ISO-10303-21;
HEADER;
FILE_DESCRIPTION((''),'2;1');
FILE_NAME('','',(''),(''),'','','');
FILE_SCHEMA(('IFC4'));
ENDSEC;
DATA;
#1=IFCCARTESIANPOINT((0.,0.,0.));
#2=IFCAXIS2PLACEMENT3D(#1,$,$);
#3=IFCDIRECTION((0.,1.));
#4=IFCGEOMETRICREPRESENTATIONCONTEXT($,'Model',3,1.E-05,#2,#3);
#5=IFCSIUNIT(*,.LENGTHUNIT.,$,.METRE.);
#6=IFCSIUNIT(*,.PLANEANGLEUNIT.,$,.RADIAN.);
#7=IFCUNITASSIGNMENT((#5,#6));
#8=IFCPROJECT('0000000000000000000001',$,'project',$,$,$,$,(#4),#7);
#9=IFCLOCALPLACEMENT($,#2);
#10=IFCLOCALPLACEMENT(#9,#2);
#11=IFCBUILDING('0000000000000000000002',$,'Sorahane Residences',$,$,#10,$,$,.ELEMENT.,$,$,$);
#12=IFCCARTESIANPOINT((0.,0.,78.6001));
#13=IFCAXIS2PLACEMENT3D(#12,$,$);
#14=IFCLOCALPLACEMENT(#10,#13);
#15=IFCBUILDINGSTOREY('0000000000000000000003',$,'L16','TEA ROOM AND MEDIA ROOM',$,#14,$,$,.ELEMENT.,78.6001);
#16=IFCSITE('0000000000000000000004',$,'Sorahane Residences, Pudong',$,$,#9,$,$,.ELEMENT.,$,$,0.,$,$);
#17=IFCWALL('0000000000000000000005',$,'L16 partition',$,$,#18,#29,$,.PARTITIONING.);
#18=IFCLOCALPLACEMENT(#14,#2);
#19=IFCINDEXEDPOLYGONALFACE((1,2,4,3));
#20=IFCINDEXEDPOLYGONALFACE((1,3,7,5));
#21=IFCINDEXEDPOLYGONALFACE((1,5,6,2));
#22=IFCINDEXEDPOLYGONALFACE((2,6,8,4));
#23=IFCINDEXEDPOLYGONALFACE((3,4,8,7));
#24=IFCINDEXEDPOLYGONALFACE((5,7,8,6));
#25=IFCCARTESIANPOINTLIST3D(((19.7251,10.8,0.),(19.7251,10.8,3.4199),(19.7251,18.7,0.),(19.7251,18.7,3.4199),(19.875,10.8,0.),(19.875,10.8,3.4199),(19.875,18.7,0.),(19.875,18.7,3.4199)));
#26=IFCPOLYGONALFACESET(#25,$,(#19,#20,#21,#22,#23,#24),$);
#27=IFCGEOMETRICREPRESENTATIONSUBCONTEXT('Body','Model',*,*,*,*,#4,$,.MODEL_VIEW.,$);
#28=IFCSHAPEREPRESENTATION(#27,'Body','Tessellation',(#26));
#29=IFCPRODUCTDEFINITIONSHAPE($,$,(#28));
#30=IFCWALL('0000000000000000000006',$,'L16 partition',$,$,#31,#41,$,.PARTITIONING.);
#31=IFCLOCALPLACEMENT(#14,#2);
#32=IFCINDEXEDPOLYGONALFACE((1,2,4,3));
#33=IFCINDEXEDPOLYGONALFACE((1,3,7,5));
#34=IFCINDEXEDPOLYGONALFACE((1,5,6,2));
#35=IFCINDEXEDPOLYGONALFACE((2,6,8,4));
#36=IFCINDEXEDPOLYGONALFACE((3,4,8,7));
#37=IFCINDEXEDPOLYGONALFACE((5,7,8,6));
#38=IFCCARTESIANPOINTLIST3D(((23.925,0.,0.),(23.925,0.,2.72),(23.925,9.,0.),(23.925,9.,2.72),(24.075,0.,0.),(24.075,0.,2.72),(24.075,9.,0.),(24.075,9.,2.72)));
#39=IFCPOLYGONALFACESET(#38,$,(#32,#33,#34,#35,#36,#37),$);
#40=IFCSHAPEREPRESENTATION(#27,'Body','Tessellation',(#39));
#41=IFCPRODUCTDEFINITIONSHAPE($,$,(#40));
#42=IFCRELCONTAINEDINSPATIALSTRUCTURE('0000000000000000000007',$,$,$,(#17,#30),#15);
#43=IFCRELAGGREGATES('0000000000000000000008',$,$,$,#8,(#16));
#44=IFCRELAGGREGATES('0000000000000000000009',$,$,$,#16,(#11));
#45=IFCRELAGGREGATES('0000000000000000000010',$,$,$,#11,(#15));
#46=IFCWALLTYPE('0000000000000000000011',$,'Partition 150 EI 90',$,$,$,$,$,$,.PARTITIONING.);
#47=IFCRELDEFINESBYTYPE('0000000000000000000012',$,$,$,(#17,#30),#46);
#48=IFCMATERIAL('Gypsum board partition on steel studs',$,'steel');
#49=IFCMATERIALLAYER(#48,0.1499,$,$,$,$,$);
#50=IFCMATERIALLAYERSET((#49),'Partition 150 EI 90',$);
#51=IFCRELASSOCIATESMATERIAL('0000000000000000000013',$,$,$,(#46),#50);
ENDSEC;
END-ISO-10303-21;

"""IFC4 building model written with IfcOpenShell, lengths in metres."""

from ifc_helpers import new_model, si_unit, direction, frame, frame_2d, origin, place, context, subcontext, project, spatial, rectangle, extrude, material, layer, layer_set, type_object, element, save


model = new_model("IFC4")

# Units and contexts
model_context = context("Model", 3, precision=1e-05, world=origin(), true_north=direction((0.0, 1.0)))
body_context = subcontext(model_context, "Body", "Model", "MODEL_VIEW")
ifc_project = project(units=[si_unit("LENGTHUNIT", "METRE"), si_unit("PLANEANGLEUNIT", "RADIAN")], contexts=[model_context])

# Site, building, storey
site_placement = place(None, origin())
site = spatial("IfcSite", under=ifc_project, at=site_placement, Name="Sorahane Residences, Pudong", CompositionType="ELEMENT", RefElevation=0.0)
building_placement = place(site_placement, origin())
building = spatial("IfcBuilding", under=site, at=building_placement, Name="Sorahane Residences", CompositionType="ELEMENT")
storey_placement = place(building_placement, frame((0.0, 0.0, 78.6001)))
storey = spatial("IfcBuildingStorey", under=building, at=storey_placement, Name="L16", Description="TEA ROOM AND MEDIA ROOM", CompositionType="ELEMENT", Elevation=78.6001)

# Walls
ifc_material_1 = material(Name="Gypsum board partition on steel studs", Category="steel")
ifc_layer_1 = layer(ifc_material_1, 0.1499)
ifc_layer_set_1 = layer_set([ifc_layer_1], Name="Partition 150 EI 90")
wall_type = type_object("IfcWallType", Name="Partition 150 EI 90", PredefinedType="PARTITIONING", material=ifc_layer_set_1)
for number, where, z_axis, x_axis, name in (
    (1, (19.8, 10.8, 0.0), (0.0, 0.0, 1.0), (0.0, 1.0, 0.0), "L16 partition"),
):
    element("IfcWall", number, at=place(storey_placement, frame(where, z_axis=z_axis, x_axis=x_axis)), inside=storey, type_object=wall_type, Name=name, PredefinedType="PARTITIONING", context=body_context, shape_type="SweptSolid", body=[
        extrude(rectangle(XDim=7.8999, YDim=0.1499, at=frame_2d((3.95, 0.0))), origin(), (0.0, 0.0, 1.0), 3.4199),
    ])
wall_placement = place(storey_placement, frame((24.0, 0.0, 0.0), z_axis=(0.0, 0.0, 1.0), x_axis=(0.0, 1.0, 0.0)))
element("IfcWall", 2, at=wall_placement, inside=storey, type_object=wall_type, Name="L16 partition", PredefinedType="PARTITIONING", context=body_context, shape_type="SweptSolid", body=[
    extrude(rectangle(XDim=9.0, YDim=0.1499, at=frame_2d((4.5, 0.0))), origin(), (0.0, 0.0, 1.0), 2.72),
])

save(model, "model.ifc")
